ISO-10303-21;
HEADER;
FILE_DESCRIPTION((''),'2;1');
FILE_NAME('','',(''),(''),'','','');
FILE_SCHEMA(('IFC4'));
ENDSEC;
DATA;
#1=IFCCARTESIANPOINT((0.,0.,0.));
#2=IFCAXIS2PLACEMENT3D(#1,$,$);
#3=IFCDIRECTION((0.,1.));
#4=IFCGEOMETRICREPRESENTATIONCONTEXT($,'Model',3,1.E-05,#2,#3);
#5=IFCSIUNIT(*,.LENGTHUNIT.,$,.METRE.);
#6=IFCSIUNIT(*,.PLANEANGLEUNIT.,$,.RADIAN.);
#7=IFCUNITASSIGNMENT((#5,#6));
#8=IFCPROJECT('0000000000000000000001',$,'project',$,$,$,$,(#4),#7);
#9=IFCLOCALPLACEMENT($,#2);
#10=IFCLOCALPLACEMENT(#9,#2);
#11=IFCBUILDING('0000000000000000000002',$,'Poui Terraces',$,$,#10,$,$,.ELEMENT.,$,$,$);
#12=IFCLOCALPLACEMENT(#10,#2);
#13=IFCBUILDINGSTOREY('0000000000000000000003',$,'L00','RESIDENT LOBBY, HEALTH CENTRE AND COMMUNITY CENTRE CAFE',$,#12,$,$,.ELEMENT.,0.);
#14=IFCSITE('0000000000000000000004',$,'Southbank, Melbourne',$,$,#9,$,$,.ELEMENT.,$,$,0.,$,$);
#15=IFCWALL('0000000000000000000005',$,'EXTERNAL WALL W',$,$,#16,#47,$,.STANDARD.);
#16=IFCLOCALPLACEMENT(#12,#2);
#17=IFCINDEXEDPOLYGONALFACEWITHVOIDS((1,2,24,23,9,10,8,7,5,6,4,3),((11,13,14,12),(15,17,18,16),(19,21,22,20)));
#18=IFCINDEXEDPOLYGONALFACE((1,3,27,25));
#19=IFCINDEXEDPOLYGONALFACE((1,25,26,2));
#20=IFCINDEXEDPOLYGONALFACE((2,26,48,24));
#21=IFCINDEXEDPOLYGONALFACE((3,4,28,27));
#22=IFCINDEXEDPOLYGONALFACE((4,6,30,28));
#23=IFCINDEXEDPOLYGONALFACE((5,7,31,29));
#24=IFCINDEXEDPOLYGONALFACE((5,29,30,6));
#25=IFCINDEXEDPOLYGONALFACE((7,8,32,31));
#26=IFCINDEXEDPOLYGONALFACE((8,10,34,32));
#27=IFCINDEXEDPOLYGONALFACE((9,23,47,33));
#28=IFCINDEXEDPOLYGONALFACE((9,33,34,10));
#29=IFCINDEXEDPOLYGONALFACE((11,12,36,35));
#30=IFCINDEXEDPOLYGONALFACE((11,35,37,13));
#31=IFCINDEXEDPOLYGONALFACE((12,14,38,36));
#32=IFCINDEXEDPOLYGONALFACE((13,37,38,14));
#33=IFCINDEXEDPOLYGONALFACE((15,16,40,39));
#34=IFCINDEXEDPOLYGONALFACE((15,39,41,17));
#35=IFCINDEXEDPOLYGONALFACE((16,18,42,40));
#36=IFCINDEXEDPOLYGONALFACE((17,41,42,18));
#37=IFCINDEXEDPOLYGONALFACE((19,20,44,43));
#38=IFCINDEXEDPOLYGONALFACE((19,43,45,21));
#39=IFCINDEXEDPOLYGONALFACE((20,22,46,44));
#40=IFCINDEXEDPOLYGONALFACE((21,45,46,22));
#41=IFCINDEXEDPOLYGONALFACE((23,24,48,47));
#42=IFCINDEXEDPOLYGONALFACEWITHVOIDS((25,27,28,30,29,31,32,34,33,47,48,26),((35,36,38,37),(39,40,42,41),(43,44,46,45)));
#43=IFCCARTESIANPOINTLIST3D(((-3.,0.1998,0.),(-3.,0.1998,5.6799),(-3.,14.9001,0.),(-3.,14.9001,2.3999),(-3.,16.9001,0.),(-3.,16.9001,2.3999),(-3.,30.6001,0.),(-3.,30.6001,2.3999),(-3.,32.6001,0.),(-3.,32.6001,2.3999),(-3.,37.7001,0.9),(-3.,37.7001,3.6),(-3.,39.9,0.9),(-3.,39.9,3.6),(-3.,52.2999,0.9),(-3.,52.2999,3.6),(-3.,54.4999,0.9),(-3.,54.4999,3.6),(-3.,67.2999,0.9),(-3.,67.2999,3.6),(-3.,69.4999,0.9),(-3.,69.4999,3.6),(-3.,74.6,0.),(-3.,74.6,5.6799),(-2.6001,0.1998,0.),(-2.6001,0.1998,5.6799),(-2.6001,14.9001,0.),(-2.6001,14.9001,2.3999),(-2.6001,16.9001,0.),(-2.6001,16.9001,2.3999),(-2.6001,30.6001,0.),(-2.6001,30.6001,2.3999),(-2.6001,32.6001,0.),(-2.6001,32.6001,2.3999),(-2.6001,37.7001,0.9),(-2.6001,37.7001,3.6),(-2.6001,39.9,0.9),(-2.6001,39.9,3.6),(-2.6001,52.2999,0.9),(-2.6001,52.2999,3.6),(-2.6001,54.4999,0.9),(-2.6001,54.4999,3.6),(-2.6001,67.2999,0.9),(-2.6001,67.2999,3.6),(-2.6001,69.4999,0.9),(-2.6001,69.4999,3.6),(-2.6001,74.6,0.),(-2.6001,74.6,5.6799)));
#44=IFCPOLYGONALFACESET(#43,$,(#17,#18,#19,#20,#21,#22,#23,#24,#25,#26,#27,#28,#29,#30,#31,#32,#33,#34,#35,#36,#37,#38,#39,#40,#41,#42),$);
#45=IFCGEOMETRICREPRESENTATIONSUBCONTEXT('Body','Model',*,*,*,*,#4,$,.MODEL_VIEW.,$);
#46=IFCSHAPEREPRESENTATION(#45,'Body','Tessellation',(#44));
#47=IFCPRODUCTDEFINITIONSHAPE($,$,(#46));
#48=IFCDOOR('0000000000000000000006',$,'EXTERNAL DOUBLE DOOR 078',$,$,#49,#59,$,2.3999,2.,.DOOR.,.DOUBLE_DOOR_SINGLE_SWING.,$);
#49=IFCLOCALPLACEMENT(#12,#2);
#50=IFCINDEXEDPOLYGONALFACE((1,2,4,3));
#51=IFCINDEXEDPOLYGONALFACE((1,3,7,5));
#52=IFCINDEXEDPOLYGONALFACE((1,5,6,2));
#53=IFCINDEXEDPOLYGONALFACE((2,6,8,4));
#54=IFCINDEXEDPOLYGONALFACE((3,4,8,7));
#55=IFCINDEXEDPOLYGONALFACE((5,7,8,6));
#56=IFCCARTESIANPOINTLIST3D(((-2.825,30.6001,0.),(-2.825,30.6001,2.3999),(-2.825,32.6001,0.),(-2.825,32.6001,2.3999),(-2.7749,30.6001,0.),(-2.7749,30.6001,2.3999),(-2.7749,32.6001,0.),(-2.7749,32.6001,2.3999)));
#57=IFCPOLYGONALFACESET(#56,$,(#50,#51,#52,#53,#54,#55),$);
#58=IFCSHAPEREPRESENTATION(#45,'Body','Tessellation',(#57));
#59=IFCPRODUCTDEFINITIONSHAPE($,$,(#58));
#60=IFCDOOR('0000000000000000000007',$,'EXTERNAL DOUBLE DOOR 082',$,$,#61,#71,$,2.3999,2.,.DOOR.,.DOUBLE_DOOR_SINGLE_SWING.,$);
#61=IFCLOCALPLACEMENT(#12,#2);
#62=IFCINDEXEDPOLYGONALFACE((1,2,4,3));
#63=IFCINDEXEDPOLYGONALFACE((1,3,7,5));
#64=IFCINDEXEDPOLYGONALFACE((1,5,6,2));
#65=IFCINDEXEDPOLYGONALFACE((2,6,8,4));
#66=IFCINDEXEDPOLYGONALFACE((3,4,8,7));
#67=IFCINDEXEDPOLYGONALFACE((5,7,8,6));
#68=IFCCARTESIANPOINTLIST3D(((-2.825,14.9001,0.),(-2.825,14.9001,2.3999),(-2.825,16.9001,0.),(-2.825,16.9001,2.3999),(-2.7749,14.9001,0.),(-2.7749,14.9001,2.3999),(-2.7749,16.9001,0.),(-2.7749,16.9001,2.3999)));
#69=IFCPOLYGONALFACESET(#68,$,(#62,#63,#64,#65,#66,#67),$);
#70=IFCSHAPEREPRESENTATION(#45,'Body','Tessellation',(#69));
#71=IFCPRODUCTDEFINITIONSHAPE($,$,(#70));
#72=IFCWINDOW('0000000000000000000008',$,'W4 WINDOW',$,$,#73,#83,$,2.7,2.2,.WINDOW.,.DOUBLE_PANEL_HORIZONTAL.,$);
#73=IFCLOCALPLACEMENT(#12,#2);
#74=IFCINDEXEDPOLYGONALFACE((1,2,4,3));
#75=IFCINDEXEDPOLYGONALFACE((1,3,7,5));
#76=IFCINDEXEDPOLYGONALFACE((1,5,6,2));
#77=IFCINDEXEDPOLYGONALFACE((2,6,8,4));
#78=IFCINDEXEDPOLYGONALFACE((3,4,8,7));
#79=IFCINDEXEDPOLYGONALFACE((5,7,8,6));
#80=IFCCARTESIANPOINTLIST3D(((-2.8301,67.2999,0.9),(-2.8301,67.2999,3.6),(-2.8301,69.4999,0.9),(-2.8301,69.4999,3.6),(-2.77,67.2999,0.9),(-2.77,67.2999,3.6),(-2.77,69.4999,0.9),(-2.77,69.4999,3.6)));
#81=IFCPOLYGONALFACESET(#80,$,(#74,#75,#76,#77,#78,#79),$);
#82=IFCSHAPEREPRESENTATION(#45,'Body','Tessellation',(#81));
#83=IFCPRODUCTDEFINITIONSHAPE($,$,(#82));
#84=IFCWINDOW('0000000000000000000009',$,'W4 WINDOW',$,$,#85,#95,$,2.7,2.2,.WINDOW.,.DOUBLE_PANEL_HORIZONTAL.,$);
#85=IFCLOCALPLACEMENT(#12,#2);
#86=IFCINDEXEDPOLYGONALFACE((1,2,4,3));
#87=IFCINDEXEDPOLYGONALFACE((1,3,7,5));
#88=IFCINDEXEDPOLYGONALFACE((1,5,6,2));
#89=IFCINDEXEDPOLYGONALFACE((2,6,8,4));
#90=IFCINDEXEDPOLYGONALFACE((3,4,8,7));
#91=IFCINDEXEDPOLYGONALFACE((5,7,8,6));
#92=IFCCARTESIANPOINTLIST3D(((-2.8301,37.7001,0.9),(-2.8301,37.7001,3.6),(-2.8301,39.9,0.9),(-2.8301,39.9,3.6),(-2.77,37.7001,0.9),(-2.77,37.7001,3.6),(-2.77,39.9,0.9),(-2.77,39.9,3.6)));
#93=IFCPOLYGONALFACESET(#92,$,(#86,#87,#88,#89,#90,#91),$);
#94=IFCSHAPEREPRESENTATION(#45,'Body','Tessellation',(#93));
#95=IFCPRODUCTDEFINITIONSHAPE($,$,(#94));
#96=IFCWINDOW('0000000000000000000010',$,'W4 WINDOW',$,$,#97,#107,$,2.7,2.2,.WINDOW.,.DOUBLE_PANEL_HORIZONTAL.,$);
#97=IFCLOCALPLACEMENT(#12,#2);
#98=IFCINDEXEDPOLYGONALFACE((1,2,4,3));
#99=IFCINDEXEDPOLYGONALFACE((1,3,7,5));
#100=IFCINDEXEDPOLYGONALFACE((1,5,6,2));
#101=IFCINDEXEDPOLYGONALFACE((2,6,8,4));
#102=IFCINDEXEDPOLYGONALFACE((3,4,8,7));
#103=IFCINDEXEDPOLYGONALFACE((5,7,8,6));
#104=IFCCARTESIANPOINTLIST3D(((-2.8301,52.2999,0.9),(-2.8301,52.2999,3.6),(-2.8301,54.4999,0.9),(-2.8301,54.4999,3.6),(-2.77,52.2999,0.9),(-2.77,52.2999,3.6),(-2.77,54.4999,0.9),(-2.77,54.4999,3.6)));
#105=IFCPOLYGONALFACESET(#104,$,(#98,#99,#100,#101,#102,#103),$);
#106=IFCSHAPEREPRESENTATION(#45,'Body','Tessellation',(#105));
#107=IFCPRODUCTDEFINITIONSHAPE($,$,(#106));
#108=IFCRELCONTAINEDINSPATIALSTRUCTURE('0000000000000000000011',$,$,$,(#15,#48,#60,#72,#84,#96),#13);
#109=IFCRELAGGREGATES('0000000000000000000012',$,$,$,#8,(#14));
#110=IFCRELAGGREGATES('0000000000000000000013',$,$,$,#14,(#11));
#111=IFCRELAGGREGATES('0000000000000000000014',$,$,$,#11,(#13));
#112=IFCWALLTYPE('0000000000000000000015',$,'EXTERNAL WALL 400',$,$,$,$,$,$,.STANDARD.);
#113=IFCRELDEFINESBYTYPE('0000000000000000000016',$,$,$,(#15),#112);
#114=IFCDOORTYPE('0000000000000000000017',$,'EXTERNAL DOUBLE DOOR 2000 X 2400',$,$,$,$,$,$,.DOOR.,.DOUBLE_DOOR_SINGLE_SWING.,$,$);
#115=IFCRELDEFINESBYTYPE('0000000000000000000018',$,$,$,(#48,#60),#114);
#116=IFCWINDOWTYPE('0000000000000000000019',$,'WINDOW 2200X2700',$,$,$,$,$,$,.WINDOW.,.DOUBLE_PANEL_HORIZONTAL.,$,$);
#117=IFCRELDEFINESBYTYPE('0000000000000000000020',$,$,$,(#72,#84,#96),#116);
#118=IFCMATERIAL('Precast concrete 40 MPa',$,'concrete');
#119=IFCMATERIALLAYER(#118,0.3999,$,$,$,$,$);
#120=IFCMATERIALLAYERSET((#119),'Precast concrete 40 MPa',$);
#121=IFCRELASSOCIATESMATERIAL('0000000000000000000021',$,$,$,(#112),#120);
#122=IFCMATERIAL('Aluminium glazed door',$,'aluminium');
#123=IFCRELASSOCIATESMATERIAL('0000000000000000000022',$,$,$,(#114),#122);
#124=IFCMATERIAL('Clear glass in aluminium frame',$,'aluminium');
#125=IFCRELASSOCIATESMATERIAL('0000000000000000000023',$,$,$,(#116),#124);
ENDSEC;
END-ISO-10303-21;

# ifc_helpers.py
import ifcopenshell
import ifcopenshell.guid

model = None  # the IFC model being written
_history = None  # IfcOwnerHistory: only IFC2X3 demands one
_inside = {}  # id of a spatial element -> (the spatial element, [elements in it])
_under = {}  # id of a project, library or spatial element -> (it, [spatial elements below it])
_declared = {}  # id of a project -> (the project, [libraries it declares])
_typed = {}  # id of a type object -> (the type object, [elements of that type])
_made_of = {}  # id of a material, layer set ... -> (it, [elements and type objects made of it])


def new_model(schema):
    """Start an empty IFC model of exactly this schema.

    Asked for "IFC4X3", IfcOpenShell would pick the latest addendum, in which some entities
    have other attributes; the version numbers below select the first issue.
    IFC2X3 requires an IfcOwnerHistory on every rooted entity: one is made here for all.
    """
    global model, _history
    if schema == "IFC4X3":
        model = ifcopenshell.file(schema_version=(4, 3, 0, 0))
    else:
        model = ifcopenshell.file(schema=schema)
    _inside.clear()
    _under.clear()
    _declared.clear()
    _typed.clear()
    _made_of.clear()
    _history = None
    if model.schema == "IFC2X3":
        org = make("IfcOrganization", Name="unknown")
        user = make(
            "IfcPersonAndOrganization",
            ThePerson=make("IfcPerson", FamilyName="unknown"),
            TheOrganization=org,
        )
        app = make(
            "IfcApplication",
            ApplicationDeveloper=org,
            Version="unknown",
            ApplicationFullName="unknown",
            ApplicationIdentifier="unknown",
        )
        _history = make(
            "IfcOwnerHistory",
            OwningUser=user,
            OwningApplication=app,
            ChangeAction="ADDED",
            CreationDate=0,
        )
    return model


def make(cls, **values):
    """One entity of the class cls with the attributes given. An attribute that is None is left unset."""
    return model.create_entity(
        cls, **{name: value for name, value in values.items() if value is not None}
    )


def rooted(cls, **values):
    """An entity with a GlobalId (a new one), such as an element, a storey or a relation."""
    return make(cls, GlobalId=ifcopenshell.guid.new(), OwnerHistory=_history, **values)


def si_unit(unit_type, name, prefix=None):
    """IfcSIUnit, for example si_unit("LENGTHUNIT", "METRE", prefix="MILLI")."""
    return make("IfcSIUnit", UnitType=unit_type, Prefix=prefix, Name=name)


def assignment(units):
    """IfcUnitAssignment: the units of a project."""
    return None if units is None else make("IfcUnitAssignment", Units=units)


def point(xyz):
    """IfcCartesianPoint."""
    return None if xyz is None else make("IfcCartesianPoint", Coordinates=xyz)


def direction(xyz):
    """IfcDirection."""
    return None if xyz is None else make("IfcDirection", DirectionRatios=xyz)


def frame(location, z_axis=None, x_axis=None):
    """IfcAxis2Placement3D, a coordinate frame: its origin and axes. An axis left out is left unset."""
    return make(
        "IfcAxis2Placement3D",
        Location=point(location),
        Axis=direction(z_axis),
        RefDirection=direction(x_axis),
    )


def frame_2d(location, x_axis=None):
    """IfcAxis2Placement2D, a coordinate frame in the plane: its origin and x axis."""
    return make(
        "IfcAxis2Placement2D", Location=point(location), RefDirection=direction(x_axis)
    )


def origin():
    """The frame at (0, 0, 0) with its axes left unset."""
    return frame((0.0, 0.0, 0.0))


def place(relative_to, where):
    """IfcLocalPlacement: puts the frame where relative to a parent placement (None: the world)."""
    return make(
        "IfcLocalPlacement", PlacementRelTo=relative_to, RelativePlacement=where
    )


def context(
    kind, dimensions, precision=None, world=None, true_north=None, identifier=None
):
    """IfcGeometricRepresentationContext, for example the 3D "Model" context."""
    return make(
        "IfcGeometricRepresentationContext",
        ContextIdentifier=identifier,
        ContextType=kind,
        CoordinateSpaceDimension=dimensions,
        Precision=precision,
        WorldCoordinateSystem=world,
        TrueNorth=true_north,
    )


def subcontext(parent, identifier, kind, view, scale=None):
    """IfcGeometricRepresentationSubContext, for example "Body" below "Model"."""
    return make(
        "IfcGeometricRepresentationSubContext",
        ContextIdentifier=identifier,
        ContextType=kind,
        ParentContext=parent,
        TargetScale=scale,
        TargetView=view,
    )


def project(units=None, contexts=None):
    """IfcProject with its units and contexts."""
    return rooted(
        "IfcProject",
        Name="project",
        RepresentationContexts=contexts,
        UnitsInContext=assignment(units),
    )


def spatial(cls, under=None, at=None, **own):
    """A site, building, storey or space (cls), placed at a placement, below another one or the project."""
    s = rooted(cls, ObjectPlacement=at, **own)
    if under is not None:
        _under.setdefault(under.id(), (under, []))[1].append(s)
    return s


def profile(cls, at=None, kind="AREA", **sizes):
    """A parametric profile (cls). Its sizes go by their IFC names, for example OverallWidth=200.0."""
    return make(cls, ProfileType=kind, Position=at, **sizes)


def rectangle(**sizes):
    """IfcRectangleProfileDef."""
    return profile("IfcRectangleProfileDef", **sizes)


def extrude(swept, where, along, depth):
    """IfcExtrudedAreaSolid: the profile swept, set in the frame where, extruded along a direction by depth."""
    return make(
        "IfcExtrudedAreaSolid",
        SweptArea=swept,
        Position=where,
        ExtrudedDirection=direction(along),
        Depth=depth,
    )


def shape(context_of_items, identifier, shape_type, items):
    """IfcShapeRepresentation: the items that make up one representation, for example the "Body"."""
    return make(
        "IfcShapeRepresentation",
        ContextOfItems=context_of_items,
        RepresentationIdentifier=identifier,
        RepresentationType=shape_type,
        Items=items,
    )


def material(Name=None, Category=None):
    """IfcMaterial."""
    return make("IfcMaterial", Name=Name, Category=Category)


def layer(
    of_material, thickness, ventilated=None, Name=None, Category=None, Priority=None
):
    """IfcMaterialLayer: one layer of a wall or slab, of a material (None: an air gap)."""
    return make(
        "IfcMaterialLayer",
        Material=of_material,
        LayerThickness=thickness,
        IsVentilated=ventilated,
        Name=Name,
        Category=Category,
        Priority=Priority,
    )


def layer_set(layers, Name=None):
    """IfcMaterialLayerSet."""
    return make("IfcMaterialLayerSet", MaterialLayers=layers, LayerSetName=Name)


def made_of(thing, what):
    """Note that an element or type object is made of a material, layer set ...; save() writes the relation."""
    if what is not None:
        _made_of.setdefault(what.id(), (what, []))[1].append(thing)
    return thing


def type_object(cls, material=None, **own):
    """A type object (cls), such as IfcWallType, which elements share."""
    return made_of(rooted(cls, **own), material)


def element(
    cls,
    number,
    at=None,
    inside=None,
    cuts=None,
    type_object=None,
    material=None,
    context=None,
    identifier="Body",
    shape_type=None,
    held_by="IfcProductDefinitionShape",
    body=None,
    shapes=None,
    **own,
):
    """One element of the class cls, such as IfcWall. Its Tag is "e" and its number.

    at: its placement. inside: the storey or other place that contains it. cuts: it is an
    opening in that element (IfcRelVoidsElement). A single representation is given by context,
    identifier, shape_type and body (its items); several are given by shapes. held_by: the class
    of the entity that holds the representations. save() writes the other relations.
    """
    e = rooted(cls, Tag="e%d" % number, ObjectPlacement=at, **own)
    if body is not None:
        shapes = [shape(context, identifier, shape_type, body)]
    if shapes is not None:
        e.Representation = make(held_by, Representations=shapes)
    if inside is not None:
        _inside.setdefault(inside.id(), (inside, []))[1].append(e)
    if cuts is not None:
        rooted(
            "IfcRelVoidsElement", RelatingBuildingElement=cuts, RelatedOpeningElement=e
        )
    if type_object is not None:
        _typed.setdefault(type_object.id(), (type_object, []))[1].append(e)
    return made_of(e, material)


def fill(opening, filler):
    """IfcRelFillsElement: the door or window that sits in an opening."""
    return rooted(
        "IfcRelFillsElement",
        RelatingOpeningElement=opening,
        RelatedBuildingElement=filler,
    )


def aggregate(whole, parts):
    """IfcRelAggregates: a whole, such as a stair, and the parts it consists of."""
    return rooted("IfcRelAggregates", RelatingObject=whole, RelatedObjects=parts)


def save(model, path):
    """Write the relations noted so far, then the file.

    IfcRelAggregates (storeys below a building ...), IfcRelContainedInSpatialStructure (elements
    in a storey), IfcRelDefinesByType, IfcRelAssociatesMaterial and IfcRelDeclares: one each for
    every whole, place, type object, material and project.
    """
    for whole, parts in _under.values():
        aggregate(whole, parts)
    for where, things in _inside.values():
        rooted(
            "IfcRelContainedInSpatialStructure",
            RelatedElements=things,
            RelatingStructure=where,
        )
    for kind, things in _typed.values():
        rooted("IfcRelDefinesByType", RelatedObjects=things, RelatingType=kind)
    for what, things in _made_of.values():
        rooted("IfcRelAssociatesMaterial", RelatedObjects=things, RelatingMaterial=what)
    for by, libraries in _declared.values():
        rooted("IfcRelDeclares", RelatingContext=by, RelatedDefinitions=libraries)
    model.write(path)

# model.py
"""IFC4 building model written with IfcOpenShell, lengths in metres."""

from ifc_helpers import new_model, si_unit, direction, frame, frame_2d, origin, place, context, subcontext, project, spatial, rectangle, extrude, material, layer, layer_set, type_object, element, fill, save


model = new_model("IFC4")

# Units and contexts
model_context = context("Model", 3, precision=1e-05, world=origin(), true_north=direction((0.0, 1.0)))
body_context = subcontext(model_context, "Body", "Model", "MODEL_VIEW")
ifc_project = project(units=[si_unit("LENGTHUNIT", "METRE"), si_unit("PLANEANGLEUNIT", "RADIAN")], contexts=[model_context])

# Site, building, storey
site_placement = place(None, origin())
site = spatial("IfcSite", under=ifc_project, at=site_placement, Name="Southbank, Melbourne", CompositionType="ELEMENT", RefElevation=0.0)
building_placement = place(site_placement, origin())
building = spatial("IfcBuilding", under=site, at=building_placement, Name="Poui Terraces", CompositionType="ELEMENT")
storey_placement = place(building_placement, origin())
storey = spatial("IfcBuildingStorey", under=building, at=storey_placement, Name="L00", Description="RESIDENT LOBBY, HEALTH CENTRE AND COMMUNITY CENTRE CAFE", CompositionType="ELEMENT", Elevation=0.0)

# Shared definitions
ifc_material_1 = material(Name="Precast concrete 40 MPa", Category="concrete")
ifc_layer_1 = layer(ifc_material_1, 0.3999)
ifc_layer_set_1 = layer_set([ifc_layer_1], Name="Precast concrete 40 MPa")
wall_type = type_object("IfcWallType", Name="EXTERNAL WALL 400", PredefinedType="STANDARD", material=ifc_layer_set_1)

# Wall, openings, doors, windows
wall_1_placement = place(storey_placement, frame((-2.8, 74.6001, 0.0), z_axis=(0.0, 0.0, 1.0), x_axis=(0.0, -1.0, 0.0)))
wall_1 = element("IfcWall", 1, at=wall_1_placement, inside=storey, type_object=wall_type, Name="EXTERNAL WALL W", PredefinedType="STANDARD", context=body_context, shape_type="SweptSolid", body=[
    extrude(rectangle(XDim=74.4001, YDim=0.3999, at=frame_2d((37.2002, 0.0))), origin(), (0.0, 0.0, 1.0), 5.6799),
])
opening_1_placement = place(wall_1_placement, frame((5.1001, 0.0, 0.8999)))
opening_1 = element("IfcOpeningElement", 2, at=opening_1_placement, cuts=wall_1, PredefinedType="OPENING", context=body_context, shape_type="SweptSolid", body=[
    extrude(rectangle(XDim=2.2, YDim=2.7, at=frame_2d((1.1001, 1.3501))), frame((0.0, 0.21, 0.0), z_axis=(0.0, -1.0, 0.0), x_axis=(1.0, 0.0, 0.0)), (0.0, 0.0, 1.0), 0.4199),
])
opening_2_placement = place(wall_1_placement, frame((34.7, 0.0, 0.8999)))
opening_2 = element("IfcOpeningElement", 3, at=opening_2_placement, cuts=wall_1, PredefinedType="OPENING", context=body_context, shape_type="SweptSolid", body=[
    extrude(rectangle(XDim=2.2, YDim=2.7, at=frame_2d((1.1001, 1.3501))), frame((0.0, 0.21, 0.0), z_axis=(0.0, -1.0, 0.0), x_axis=(1.0, 0.0, 0.0)), (0.0, 0.0, 1.0), 0.4199),
])
opening_3_placement = place(wall_1_placement, frame((20.1001, 0.0, 0.8999)))
opening_3 = element("IfcOpeningElement", 4, at=opening_3_placement, cuts=wall_1, PredefinedType="OPENING", context=body_context, shape_type="SweptSolid", body=[
    extrude(rectangle(XDim=2.2, YDim=2.7, at=frame_2d((1.1001, 1.3501))), frame((0.0, 0.21, 0.0), z_axis=(0.0, -1.0, 0.0), x_axis=(1.0, 0.0, 0.0)), (0.0, 0.0, 1.0), 0.4199),
])
opening_4_placement = place(wall_1_placement, frame((42.0, 0.0, 0.0)))
opening_4 = element("IfcOpeningElement", 5, at=opening_4_placement, cuts=wall_1, PredefinedType="OPENING", context=body_context, shape_type="SweptSolid", body=[
    extrude(rectangle(XDim=2.0, YDim=2.3999, at=frame_2d((1.0, 1.2))), frame((0.0, 0.21, 0.0), z_axis=(0.0, -1.0, 0.0), x_axis=(1.0, 0.0, 0.0)), (0.0, 0.0, 1.0), 0.4199),
])
opening_5_placement = place(wall_1_placement, frame((57.7, 0.0, 0.0)))
opening_5 = element("IfcOpeningElement", 6, at=opening_5_placement, cuts=wall_1, PredefinedType="OPENING", context=body_context, shape_type="SweptSolid", body=[
    extrude(rectangle(XDim=2.0, YDim=2.3999, at=frame_2d((1.0, 1.2))), frame((0.0, 0.21, 0.0), z_axis=(0.0, -1.0, 0.0), x_axis=(1.0, 0.0, 0.0)), (0.0, 0.0, 1.0), 0.4199),
])
ifc_material_2 = material(Name="Aluminium glazed door", Category="aluminium")
door_type = type_object("IfcDoorType", Name="EXTERNAL DOUBLE DOOR 2000 X 2400", OperationType="DOUBLE_DOOR_SINGLE_SWING", PredefinedType="DOOR", material=ifc_material_2)
door_1_placement = place(opening_4_placement, frame((2.0, 0.0, 0.0), z_axis=(0.0, 0.0, 1.0), x_axis=(-1.0, 0.0, 0.0)))
door_1 = element("IfcDoor", 7, at=door_1_placement, inside=storey, type_object=door_type, Name="EXTERNAL DOUBLE DOOR 078", OperationType="DOUBLE_DOOR_SINGLE_SWING", OverallHeight=2.3999, OverallWidth=2.0, PredefinedType="DOOR", context=body_context, shape_type="SweptSolid", body=[
    extrude(rectangle(XDim=2.0, YDim=2.3999, at=frame_2d((1.0, 1.2))), frame((0.0, 0.0249, 0.0), z_axis=(0.0, -1.0, 0.0), x_axis=(1.0, 0.0, 0.0)), (0.0, 0.0, 1.0), 0.05),
])
fill(opening_4, door_1)
door_2_placement = place(opening_5_placement, frame((2.0, 0.0, 0.0), z_axis=(0.0, 0.0, 1.0), x_axis=(-1.0, 0.0, 0.0)))
door_2 = element("IfcDoor", 8, at=door_2_placement, inside=storey, type_object=door_type, Name="EXTERNAL DOUBLE DOOR 082", OperationType="DOUBLE_DOOR_SINGLE_SWING", OverallHeight=2.3999, OverallWidth=2.0, PredefinedType="DOOR", context=body_context, shape_type="SweptSolid", body=[
    extrude(rectangle(XDim=2.0, YDim=2.3999, at=frame_2d((1.0, 1.2))), frame((0.0, 0.0249, 0.0), z_axis=(0.0, -1.0, 0.0), x_axis=(1.0, 0.0, 0.0)), (0.0, 0.0, 1.0), 0.05),
])
fill(opening_5, door_2)
ifc_material_3 = material(Name="Clear glass in aluminium frame", Category="aluminium")
window_type = type_object("IfcWindowType", Name="WINDOW 2200X2700", PartitioningType="DOUBLE_PANEL_HORIZONTAL", PredefinedType="WINDOW", material=ifc_material_3)
window_1_placement = place(opening_1_placement, origin())
window_1 = element("IfcWindow", 9, at=window_1_placement, inside=storey, type_object=window_type, Name="W4 WINDOW", OverallHeight=2.7, OverallWidth=2.2, PartitioningType="DOUBLE_PANEL_HORIZONTAL", PredefinedType="WINDOW", context=body_context, shape_type="SweptSolid", body=[
    extrude(rectangle(XDim=2.2, YDim=2.7, at=frame_2d((1.1001, 1.3501))), frame((0.0, 0.03, 0.0), z_axis=(0.0, -1.0, 0.0), x_axis=(1.0, 0.0, 0.0)), (0.0, 0.0, 1.0), 0.0601),
])
fill(opening_1, window_1)
window_2_placement = place(opening_2_placement, origin())
window_2 = element("IfcWindow", 10, at=window_2_placement, inside=storey, type_object=window_type, Name="W4 WINDOW", OverallHeight=2.7, OverallWidth=2.2, PartitioningType="DOUBLE_PANEL_HORIZONTAL", PredefinedType="WINDOW", context=body_context, shape_type="SweptSolid", body=[
    extrude(rectangle(XDim=2.2, YDim=2.7, at=frame_2d((1.1001, 1.3501))), frame((0.0, 0.03, 0.0), z_axis=(0.0, -1.0, 0.0), x_axis=(1.0, 0.0, 0.0)), (0.0, 0.0, 1.0), 0.0601),
])
fill(opening_2, window_2)
window_3_placement = place(opening_3_placement, origin())
window_3 = element("IfcWindow", 11, at=window_3_placement, inside=storey, type_object=window_type, Name="W4 WINDOW", OverallHeight=2.7, OverallWidth=2.2, PartitioningType="DOUBLE_PANEL_HORIZONTAL", PredefinedType="WINDOW", context=body_context, shape_type="SweptSolid", body=[
    extrude(rectangle(XDim=2.2, YDim=2.7, at=frame_2d((1.1001, 1.3501))), frame((0.0, 0.03, 0.0), z_axis=(0.0, -1.0, 0.0), x_axis=(1.0, 0.0, 0.0)), (0.0, 0.0, 1.0), 0.0601),
])
fill(opening_3, window_3)

save(model, "model.ifc")
